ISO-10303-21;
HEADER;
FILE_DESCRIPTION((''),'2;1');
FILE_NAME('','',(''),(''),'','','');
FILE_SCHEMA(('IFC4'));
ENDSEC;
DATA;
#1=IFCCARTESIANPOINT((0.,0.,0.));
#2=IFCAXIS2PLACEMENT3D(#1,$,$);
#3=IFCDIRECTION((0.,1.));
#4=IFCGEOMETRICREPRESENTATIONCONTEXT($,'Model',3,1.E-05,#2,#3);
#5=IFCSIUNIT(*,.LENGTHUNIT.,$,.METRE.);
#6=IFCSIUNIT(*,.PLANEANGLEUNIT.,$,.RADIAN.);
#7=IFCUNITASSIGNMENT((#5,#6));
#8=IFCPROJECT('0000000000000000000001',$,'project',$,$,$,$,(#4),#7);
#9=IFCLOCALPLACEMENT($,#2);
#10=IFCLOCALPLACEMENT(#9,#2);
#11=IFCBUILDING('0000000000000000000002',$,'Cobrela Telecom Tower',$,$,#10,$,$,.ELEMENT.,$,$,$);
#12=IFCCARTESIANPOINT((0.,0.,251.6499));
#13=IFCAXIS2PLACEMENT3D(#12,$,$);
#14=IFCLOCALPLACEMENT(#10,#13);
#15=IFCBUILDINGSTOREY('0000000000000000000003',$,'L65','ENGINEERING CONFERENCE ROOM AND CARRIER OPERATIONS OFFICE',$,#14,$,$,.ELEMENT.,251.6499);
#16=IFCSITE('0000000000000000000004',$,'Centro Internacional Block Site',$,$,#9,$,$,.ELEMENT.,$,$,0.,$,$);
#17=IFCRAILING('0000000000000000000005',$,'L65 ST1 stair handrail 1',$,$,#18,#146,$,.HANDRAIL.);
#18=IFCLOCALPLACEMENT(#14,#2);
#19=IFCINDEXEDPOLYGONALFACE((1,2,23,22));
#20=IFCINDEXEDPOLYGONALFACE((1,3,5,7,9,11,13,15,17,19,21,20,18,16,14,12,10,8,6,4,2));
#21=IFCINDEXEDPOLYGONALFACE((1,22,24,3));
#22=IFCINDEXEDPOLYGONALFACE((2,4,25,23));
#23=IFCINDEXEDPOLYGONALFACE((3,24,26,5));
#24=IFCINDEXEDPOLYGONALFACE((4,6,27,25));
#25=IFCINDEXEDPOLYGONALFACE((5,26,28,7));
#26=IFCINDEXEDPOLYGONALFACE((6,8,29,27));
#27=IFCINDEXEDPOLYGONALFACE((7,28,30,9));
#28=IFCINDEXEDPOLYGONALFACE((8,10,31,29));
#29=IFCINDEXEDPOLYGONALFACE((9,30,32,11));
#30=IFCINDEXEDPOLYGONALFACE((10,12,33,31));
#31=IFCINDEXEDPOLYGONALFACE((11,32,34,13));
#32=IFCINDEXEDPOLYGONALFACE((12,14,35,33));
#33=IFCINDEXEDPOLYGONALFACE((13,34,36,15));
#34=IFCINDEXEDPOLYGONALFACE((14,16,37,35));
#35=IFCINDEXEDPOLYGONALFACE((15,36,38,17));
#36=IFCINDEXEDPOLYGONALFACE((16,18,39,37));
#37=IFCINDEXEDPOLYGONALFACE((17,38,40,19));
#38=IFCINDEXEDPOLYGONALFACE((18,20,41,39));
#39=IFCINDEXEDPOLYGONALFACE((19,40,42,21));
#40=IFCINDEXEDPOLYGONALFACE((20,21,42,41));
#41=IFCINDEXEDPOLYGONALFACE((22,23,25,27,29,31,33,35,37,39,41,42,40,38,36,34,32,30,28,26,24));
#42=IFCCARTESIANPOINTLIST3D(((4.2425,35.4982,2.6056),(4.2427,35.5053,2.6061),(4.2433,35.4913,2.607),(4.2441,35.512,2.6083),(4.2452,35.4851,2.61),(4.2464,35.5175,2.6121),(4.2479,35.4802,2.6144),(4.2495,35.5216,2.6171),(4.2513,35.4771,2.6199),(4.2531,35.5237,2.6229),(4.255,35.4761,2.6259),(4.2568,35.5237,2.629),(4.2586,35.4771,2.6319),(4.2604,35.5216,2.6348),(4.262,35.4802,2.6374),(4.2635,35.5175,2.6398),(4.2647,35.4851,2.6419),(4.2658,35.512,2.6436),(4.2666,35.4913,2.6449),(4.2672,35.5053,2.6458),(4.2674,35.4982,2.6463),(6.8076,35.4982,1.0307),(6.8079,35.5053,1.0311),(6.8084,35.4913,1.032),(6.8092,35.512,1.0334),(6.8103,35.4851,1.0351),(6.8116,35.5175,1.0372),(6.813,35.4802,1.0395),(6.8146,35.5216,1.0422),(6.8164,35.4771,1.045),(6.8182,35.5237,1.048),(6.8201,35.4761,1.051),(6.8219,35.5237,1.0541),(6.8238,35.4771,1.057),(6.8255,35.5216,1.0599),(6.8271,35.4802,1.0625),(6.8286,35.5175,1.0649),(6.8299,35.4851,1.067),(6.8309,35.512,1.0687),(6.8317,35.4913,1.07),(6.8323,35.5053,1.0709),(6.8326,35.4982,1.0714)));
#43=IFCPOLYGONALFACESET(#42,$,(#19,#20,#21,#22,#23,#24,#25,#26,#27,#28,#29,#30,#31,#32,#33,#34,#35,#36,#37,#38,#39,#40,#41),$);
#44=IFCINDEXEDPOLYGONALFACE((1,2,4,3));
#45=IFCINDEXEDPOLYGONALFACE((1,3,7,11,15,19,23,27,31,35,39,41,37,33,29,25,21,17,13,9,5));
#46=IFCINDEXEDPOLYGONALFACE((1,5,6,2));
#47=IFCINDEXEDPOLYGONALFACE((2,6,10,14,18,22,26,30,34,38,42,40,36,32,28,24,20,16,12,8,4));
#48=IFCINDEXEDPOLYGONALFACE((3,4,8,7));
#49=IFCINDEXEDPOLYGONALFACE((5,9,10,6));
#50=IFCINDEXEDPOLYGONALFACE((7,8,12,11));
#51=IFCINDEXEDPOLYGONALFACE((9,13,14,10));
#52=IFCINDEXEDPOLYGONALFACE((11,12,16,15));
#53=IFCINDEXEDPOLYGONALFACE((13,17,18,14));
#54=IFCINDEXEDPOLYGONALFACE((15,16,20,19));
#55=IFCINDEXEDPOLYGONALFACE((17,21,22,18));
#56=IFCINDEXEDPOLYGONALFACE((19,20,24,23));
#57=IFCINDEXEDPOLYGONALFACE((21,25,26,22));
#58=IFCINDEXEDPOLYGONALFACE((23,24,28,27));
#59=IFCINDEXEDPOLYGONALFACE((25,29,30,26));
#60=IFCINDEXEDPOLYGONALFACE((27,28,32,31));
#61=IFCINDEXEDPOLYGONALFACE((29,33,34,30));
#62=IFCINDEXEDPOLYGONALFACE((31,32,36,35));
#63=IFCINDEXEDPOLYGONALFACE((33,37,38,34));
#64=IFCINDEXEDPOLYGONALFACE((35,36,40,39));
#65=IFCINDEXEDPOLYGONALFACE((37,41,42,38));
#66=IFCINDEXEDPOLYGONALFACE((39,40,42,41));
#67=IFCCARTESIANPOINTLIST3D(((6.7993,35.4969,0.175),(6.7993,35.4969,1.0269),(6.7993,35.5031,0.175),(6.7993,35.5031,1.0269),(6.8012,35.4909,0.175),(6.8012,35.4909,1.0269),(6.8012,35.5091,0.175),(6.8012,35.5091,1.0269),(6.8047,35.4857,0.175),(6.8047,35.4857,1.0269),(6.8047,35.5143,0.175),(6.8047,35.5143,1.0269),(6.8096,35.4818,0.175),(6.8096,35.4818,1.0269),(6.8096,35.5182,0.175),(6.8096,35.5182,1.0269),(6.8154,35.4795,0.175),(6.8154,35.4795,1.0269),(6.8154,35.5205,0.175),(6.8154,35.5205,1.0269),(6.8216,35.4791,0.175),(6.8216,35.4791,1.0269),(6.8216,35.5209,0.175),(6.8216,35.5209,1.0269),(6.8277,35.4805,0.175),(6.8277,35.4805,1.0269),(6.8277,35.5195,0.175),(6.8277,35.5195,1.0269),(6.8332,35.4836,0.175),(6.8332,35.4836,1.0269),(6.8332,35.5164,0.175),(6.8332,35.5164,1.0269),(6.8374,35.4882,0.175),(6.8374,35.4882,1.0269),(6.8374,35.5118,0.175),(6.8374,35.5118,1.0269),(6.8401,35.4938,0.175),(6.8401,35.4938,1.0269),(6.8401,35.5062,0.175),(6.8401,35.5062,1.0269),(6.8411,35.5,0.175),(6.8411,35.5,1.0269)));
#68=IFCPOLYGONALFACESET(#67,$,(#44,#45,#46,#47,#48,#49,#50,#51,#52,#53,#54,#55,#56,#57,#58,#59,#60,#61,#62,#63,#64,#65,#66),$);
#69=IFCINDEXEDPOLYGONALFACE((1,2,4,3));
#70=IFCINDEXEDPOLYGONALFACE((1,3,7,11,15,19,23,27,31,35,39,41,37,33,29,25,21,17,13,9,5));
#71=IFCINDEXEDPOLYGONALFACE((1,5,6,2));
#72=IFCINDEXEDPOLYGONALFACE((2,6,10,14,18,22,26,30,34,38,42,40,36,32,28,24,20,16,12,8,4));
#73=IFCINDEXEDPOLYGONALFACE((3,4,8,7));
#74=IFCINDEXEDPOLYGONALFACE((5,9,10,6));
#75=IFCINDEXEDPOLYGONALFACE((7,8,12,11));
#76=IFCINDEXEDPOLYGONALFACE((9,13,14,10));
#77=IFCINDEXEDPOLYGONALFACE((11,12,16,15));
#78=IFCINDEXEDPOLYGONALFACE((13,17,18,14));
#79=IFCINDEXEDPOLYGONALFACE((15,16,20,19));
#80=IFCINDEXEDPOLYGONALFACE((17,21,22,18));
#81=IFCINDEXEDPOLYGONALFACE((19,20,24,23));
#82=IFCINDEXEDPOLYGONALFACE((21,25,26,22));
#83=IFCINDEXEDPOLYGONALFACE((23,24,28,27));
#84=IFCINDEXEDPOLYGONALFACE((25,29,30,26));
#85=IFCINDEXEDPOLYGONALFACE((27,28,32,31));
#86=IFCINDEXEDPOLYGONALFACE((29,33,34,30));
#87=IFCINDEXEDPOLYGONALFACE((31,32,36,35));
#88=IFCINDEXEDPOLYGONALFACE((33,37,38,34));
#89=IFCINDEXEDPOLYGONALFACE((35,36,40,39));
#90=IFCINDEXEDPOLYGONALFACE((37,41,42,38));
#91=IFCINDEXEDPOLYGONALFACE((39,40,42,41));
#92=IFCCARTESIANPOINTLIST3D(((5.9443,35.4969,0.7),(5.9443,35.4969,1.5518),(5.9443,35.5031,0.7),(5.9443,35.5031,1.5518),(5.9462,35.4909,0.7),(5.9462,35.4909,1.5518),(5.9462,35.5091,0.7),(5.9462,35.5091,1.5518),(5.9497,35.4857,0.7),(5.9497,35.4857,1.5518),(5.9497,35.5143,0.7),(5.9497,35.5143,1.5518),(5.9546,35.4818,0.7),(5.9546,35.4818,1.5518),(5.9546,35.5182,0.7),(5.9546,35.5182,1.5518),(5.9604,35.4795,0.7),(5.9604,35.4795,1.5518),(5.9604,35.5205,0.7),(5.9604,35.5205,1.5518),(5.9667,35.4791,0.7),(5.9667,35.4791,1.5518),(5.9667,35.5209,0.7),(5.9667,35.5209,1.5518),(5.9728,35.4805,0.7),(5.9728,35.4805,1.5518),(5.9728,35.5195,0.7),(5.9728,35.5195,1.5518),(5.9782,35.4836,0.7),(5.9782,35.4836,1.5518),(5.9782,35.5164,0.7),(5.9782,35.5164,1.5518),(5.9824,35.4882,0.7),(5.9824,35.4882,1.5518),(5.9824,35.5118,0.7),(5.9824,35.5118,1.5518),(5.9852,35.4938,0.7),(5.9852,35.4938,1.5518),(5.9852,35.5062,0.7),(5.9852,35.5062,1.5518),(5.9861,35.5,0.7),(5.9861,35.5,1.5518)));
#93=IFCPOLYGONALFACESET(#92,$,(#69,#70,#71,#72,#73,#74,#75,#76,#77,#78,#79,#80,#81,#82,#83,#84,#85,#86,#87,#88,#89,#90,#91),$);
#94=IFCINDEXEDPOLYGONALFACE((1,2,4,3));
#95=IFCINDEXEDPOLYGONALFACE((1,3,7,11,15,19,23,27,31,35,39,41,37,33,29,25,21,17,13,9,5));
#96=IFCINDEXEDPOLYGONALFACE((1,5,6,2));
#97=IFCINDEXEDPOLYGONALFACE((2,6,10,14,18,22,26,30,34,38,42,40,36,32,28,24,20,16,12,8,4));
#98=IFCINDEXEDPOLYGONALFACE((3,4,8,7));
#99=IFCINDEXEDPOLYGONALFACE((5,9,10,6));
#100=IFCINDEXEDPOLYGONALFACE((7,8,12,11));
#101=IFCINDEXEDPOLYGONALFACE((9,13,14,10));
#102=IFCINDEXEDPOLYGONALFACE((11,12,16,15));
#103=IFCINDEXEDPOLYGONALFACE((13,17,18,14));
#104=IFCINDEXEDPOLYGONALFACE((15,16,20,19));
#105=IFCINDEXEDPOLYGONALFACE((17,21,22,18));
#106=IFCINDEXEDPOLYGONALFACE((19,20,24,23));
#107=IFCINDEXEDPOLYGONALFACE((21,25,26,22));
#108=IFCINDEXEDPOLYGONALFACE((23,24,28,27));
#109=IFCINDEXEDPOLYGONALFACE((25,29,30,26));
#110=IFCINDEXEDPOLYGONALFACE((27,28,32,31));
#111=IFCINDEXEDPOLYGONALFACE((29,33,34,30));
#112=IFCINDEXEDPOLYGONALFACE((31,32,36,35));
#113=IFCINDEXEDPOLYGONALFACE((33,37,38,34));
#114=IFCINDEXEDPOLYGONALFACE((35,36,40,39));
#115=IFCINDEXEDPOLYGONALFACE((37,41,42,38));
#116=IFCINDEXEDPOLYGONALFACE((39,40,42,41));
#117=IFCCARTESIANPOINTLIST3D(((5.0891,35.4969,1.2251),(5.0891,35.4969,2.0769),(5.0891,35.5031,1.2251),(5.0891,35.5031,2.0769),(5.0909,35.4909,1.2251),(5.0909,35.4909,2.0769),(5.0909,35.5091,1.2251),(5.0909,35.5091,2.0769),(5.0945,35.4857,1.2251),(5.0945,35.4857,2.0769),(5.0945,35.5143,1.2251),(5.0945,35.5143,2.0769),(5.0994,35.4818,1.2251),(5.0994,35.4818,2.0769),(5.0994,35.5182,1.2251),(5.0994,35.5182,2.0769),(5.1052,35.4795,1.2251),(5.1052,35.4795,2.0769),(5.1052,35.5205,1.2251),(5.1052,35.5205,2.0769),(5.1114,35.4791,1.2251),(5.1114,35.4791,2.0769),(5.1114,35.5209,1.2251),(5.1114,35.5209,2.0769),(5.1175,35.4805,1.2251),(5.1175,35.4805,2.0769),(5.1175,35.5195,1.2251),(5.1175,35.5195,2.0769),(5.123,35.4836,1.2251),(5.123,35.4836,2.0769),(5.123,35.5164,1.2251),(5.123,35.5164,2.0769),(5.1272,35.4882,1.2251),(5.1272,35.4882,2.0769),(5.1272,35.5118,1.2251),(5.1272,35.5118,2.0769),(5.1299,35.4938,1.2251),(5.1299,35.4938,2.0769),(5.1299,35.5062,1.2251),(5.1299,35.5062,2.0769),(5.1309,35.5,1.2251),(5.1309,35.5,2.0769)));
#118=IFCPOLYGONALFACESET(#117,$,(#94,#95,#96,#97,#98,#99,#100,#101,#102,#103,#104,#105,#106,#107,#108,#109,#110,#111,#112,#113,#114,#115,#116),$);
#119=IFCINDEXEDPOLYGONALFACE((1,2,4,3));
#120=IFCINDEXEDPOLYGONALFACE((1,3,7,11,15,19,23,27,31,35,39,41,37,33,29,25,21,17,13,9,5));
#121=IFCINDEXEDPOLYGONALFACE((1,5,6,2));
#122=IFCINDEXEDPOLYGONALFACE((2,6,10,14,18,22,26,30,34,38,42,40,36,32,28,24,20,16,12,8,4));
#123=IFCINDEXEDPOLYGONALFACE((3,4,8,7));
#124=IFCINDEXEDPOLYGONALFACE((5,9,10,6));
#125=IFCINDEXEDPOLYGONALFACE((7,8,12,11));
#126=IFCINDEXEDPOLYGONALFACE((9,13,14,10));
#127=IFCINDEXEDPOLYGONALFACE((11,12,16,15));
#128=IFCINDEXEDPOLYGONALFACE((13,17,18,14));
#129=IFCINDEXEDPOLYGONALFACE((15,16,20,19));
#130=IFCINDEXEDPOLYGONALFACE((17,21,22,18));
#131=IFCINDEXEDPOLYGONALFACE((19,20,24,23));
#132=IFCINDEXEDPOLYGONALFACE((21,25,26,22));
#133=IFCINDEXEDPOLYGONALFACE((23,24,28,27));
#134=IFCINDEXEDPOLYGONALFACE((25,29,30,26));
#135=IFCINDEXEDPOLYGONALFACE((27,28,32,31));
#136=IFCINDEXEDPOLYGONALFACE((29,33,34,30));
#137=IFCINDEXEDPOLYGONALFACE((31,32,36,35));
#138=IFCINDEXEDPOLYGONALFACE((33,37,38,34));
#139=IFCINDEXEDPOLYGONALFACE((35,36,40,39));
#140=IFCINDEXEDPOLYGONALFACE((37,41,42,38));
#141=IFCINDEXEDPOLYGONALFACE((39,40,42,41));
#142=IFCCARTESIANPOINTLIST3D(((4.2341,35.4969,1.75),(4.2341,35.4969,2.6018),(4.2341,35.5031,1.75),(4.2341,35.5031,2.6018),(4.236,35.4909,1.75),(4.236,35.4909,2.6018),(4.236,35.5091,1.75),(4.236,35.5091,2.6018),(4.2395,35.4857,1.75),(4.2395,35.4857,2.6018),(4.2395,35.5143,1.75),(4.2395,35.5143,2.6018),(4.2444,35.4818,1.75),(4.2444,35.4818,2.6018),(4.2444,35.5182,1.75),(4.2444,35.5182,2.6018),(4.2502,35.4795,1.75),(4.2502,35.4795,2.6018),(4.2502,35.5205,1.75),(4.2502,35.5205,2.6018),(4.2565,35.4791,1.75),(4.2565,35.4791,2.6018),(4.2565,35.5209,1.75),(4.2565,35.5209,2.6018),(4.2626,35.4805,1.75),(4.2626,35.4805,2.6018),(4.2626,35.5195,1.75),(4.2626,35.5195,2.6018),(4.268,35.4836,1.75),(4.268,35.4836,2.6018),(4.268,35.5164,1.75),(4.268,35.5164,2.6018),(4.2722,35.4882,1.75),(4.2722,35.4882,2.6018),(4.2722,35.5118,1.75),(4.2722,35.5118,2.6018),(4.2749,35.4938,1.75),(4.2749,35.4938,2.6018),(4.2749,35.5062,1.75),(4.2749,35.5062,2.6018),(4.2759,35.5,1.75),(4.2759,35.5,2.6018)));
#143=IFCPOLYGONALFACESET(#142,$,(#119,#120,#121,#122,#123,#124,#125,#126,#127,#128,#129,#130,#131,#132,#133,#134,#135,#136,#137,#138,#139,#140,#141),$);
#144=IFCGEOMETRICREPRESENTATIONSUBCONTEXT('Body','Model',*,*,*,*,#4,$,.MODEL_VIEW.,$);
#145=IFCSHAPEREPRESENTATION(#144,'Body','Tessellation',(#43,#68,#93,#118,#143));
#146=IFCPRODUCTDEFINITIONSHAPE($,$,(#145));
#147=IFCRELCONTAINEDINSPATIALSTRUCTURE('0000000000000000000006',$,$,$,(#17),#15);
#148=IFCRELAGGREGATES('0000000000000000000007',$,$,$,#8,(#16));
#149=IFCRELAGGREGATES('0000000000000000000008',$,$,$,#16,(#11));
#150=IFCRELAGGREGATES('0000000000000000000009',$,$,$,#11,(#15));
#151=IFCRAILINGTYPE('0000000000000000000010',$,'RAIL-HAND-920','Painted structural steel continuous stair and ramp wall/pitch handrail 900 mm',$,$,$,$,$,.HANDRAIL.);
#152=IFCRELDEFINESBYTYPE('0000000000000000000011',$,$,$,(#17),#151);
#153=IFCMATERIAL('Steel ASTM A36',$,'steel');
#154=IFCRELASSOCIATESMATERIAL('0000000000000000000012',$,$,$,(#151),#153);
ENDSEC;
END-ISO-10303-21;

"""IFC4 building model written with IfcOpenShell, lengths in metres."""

from ifc_helpers import new_model, si_unit, direction, frame, origin, origin_2d, place, context, subcontext, project, spatial, circle, extrude, material, type_object, element, save


model = new_model("IFC4")

# Units and contexts
model_context = context("Model", 3, precision=1e-05, world=origin(), true_north=direction((0.0, 1.0)))
body_context = subcontext(model_context, "Body", "Model", "MODEL_VIEW")
ifc_project = project(units=[si_unit("LENGTHUNIT", "METRE"), si_unit("PLANEANGLEUNIT", "RADIAN")], contexts=[model_context])

# Site, building, storey
site_placement = place(None, origin())
site = spatial("IfcSite", under=ifc_project, at=site_placement, Name="Centro Internacional Block Site", CompositionType="ELEMENT", RefElevation=0.0)
building_placement = place(site_placement, origin())
building = spatial("IfcBuilding", under=site, at=building_placement, Name="Cobrela Telecom Tower", CompositionType="ELEMENT")
storey_placement = place(building_placement, frame((0.0, 0.0, 251.6499)))
storey = spatial("IfcBuildingStorey", under=building, at=storey_placement, Name="L65", Description="ENGINEERING CONFERENCE ROOM AND CARRIER OPERATIONS OFFICE", CompositionType="ELEMENT", Elevation=251.6499)

# Shared definitions
ifc_material_1 = material(Name="Steel ASTM A36", Category="steel")

# Railing
railing_type_1 = type_object("IfcRailingType", Name="RAIL-HAND-920", Description="Painted structural steel continuous stair and ramp wall/pitch handrail 900 mm", PredefinedType="HANDRAIL", material=ifc_material_1)
railing_1_placement = place(storey_placement, frame((6.8201, 35.5, 0.175)))
element("IfcRailing", 1, at=railing_1_placement, inside=storey, type_object=railing_type_1, Name="L65 ST1 stair handrail 1", PredefinedType="HANDRAIL", context=body_context, shape_type="SweptSolid", body=[
    extrude(circle(Radius=0.0239, at=origin_2d()), frame((0.0, 0.0, 0.876), z_axis=(-0.852195, 0.0, 0.523224), x_axis=(0.0, -1.0, 0.0)), (0.0, 0.0, 1.0), 3.01),
    extrude(circle(Radius=0.021, at=origin_2d()), origin(), (0.0, 0.0, 1.0), 0.8518),
    extrude(circle(Radius=0.021, at=origin_2d()), frame((-0.855, 0.0, 0.5249)), (0.0, 0.0, 1.0), 0.8518),
    extrude(circle(Radius=0.021, at=origin_2d()), frame((-1.7102, 0.0, 1.05)), (0.0, 0.0, 1.0), 0.8518),
    extrude(circle(Radius=0.021, at=origin_2d()), frame((-2.5652, 0.0, 1.575)), (0.0, 0.0, 1.0), 0.8518),
])

save(model, "model.ifc")
